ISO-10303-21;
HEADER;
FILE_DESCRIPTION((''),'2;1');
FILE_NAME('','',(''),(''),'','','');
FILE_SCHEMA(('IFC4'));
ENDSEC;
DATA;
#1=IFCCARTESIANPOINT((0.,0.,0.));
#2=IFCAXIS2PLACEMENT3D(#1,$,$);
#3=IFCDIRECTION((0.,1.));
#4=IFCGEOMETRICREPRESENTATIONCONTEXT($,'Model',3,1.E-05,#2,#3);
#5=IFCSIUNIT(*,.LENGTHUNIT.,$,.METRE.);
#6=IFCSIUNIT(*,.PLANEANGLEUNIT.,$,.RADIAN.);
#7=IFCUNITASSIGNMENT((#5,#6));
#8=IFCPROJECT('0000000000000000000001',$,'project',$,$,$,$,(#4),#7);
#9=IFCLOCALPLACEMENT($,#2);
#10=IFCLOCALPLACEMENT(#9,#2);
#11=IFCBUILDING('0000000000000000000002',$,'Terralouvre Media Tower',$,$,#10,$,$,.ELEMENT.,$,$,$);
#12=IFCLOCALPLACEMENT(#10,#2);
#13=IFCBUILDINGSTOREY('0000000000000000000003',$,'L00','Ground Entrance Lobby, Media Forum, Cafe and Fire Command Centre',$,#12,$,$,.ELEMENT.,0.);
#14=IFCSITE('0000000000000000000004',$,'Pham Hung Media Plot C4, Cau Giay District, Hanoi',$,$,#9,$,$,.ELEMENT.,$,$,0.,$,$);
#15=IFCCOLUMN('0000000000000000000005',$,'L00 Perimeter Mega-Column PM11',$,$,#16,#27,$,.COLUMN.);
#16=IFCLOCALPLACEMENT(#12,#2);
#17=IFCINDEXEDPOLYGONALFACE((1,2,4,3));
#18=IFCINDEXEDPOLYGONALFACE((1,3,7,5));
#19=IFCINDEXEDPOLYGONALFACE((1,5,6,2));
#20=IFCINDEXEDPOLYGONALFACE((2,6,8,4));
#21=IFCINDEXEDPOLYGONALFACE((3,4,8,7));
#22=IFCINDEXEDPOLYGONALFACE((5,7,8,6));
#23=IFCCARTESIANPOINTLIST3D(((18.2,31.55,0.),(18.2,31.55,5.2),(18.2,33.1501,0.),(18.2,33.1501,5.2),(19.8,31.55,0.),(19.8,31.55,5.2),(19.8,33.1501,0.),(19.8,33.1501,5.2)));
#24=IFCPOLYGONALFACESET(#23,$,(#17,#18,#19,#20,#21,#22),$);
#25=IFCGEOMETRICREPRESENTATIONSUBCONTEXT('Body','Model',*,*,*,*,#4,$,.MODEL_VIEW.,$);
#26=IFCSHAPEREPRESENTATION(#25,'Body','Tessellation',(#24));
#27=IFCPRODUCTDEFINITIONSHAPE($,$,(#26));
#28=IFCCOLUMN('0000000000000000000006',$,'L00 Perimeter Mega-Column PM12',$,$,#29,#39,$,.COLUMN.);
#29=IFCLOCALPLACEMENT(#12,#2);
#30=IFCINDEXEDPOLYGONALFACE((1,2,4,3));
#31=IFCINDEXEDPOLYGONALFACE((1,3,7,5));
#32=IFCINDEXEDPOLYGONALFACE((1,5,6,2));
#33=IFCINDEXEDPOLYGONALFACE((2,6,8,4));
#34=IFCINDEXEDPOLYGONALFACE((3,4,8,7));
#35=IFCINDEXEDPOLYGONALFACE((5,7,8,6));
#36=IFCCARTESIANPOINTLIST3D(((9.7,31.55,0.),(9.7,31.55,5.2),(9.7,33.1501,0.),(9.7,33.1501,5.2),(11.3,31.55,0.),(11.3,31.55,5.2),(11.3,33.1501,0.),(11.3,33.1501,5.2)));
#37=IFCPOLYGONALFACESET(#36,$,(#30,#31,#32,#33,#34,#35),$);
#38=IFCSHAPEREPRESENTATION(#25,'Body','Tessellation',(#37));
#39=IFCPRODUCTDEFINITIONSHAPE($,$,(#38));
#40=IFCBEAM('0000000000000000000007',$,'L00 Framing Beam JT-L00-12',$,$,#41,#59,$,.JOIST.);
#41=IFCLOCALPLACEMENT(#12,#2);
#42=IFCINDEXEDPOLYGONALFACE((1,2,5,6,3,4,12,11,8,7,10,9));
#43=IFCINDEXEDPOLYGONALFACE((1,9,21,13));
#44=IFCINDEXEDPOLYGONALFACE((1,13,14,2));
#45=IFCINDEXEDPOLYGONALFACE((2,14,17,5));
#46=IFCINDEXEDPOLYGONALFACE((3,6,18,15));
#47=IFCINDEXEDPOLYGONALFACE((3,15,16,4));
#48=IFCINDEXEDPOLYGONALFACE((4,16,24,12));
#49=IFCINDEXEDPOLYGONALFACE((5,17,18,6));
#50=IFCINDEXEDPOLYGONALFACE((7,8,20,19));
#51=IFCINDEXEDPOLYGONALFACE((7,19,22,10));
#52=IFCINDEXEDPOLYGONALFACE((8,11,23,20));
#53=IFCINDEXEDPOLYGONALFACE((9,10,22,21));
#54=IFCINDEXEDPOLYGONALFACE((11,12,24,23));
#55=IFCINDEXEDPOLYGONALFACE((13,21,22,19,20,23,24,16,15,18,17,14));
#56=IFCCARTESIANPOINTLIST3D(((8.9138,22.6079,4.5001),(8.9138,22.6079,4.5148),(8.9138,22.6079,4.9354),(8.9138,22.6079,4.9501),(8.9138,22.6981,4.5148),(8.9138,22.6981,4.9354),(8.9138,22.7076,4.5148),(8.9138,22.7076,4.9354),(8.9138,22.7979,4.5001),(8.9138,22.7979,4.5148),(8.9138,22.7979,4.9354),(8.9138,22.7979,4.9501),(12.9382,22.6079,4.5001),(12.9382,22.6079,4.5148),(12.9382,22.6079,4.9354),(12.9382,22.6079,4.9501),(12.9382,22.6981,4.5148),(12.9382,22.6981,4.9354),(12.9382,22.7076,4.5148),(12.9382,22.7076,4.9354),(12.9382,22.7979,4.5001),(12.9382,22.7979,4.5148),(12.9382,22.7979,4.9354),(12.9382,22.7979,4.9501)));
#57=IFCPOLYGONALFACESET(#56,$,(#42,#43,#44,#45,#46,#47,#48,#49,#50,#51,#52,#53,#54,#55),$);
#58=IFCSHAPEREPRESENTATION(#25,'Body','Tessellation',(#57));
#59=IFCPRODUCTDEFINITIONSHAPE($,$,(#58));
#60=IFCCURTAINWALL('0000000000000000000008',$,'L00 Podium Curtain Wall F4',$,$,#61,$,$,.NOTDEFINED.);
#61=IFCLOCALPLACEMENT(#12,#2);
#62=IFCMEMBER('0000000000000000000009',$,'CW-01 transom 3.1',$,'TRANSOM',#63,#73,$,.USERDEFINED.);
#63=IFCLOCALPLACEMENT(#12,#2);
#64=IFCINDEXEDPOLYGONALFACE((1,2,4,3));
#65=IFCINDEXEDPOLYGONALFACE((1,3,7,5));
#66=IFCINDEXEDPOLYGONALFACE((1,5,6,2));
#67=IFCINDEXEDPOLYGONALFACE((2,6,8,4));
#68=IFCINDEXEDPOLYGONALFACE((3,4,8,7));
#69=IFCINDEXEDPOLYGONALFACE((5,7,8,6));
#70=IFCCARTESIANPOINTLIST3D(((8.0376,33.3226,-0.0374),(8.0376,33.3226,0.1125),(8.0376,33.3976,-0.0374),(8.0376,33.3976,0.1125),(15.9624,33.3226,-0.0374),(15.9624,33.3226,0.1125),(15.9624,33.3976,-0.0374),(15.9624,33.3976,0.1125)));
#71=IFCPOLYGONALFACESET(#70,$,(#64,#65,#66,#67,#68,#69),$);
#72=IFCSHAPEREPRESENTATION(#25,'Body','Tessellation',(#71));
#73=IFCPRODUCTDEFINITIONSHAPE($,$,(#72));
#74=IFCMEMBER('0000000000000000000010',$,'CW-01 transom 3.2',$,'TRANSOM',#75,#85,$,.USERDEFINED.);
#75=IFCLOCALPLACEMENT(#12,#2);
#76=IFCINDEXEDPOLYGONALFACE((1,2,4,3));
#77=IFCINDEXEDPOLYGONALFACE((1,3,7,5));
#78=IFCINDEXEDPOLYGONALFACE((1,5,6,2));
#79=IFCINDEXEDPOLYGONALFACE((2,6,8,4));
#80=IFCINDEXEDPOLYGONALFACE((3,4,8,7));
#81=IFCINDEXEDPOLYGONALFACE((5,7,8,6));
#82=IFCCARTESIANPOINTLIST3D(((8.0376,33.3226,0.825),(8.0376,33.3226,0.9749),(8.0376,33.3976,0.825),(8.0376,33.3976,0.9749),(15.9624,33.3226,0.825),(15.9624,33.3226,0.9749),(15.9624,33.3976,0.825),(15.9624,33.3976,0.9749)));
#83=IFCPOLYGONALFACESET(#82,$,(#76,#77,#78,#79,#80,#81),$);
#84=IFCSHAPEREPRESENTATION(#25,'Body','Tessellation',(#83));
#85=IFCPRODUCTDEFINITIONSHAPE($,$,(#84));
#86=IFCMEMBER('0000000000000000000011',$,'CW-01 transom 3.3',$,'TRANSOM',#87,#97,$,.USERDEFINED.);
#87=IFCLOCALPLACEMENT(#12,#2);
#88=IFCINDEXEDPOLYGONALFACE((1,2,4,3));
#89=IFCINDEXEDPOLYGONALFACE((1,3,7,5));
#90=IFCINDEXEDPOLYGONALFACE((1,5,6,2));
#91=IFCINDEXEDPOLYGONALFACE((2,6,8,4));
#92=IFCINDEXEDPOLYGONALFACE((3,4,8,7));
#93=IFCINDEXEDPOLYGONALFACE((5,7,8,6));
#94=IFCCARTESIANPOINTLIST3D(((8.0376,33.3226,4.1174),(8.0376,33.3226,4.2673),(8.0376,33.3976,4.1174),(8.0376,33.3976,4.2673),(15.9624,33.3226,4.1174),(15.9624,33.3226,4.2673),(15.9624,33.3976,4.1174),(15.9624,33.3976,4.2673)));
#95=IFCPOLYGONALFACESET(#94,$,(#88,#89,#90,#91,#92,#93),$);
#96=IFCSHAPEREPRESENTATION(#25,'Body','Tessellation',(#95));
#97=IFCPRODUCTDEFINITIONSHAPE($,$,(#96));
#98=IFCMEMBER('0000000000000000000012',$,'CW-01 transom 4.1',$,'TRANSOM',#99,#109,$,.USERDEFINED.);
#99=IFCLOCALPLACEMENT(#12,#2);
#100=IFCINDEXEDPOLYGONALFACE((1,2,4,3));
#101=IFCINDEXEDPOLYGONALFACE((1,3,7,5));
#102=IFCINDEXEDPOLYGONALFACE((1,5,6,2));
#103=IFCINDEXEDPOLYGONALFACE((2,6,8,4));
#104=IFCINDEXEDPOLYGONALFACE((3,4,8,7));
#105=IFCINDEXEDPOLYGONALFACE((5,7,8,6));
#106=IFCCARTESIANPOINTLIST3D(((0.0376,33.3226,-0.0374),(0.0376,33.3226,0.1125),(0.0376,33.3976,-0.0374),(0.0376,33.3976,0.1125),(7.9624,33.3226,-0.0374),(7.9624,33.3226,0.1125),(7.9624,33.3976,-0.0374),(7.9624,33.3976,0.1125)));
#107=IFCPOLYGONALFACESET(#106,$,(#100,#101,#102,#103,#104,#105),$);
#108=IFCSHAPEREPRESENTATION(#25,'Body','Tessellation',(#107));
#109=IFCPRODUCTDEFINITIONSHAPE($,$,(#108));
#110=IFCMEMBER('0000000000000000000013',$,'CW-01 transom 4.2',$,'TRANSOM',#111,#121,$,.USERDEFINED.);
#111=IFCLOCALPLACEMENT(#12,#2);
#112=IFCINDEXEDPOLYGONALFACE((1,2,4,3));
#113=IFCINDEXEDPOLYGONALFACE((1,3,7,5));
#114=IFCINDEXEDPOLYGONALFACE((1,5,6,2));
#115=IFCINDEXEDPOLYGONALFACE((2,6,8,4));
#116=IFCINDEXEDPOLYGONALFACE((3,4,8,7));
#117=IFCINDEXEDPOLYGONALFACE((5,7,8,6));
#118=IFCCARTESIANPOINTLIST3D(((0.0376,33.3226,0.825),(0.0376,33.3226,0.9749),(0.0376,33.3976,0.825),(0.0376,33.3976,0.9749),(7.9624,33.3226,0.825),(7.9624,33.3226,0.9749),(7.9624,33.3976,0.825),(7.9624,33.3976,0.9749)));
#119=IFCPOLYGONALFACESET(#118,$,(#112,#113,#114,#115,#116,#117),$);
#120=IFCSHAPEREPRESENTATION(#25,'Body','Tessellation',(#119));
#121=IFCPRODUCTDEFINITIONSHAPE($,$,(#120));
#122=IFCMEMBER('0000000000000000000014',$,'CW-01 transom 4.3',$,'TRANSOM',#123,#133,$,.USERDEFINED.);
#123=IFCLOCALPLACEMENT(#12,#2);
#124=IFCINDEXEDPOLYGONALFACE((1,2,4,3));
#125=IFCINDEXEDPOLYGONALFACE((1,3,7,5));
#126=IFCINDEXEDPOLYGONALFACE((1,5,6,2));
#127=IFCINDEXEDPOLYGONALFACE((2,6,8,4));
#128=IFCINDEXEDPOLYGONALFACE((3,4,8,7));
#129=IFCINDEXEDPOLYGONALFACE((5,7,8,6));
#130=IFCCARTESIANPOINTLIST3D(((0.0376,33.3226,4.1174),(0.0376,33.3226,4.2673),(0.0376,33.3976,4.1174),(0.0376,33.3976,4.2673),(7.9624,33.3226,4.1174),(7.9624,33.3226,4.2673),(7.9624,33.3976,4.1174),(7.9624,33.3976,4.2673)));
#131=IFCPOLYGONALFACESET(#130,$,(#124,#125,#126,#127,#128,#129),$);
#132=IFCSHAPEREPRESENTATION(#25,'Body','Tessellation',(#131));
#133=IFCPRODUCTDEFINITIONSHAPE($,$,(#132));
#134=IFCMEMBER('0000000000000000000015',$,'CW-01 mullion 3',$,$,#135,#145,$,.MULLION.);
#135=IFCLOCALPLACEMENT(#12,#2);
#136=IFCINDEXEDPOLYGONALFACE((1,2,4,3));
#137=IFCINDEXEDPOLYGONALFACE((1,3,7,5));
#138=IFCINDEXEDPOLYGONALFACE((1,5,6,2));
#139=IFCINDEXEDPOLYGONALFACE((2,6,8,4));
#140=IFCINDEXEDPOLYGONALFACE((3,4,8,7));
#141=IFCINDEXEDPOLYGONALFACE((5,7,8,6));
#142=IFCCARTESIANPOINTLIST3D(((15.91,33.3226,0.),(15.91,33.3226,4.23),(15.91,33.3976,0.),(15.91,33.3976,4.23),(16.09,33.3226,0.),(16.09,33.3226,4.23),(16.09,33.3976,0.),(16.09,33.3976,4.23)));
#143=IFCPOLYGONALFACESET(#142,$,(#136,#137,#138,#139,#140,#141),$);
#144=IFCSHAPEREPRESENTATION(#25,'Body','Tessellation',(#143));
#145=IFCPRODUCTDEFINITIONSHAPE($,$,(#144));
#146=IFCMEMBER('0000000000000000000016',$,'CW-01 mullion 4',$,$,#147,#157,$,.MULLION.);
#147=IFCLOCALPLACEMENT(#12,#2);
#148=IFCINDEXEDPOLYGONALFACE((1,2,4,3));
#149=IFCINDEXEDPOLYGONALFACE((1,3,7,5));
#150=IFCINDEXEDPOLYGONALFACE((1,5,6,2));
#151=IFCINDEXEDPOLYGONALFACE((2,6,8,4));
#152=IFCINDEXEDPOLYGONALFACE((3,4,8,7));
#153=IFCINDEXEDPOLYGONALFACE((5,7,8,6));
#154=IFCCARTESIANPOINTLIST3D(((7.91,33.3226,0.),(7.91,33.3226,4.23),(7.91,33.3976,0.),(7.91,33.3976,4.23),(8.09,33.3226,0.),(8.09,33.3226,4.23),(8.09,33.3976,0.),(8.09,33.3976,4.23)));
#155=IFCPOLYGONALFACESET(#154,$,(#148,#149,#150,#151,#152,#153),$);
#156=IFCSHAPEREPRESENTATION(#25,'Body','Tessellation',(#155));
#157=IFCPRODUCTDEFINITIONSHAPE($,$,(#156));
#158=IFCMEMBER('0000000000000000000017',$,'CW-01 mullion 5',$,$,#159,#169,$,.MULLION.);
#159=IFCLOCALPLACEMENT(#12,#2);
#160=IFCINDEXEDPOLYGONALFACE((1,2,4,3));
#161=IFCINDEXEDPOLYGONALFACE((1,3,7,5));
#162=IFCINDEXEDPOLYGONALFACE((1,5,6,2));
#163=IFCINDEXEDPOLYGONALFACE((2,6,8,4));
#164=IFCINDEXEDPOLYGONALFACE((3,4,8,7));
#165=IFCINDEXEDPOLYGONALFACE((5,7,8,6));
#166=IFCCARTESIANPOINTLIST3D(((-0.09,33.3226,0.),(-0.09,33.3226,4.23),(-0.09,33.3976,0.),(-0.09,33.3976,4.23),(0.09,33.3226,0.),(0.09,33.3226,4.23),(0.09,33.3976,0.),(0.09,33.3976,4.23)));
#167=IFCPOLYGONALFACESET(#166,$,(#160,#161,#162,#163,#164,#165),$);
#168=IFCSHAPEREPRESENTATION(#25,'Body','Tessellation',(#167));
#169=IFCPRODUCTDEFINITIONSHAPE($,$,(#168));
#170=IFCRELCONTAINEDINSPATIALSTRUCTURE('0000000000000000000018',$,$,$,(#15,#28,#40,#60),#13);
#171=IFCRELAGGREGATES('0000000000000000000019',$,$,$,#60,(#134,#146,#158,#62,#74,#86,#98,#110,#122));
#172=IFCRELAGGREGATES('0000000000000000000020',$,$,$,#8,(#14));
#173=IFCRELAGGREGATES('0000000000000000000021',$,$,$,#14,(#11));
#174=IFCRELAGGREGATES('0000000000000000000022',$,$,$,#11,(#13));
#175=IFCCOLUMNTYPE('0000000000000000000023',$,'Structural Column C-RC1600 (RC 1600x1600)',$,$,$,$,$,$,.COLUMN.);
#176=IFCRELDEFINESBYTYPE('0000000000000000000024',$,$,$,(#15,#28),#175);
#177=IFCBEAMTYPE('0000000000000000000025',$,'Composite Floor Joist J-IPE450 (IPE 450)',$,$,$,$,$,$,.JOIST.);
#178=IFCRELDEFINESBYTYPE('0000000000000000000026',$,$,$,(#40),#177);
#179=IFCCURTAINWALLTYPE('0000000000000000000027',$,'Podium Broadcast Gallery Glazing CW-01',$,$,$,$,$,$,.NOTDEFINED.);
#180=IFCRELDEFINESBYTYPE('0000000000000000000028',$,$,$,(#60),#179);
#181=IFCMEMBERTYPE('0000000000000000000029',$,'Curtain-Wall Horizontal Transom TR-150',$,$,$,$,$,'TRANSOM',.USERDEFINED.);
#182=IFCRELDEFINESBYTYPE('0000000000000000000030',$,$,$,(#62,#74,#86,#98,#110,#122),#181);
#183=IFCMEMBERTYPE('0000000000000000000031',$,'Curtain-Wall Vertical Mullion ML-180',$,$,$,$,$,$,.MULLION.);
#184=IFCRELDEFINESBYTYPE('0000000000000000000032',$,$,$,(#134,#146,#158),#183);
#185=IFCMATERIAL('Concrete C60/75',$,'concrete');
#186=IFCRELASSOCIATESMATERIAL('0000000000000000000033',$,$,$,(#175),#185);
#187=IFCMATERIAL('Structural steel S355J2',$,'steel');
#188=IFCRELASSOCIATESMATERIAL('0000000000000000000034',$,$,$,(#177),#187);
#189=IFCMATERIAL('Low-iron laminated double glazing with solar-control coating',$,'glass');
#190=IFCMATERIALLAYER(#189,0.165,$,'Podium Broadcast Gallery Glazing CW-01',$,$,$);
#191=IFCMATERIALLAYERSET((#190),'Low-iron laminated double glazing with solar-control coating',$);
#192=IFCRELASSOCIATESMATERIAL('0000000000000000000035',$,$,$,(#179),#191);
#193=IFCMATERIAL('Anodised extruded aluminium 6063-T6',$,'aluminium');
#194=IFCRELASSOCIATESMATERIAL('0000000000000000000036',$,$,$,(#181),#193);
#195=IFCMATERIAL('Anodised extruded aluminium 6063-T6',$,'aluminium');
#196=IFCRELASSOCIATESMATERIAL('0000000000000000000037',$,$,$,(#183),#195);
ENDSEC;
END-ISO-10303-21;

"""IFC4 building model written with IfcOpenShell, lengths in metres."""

from ifc_helpers import new_model, si_unit, direction, frame, origin, origin_2d, place, context, subcontext, project, spatial, rectangle, i_section, extrude, material, layer, layer_set, material_profile, profile_set, type_object, element, aggregate, save


model = new_model("IFC4")

# Units and contexts
model_context = context("Model", 3, precision=1e-05, world=origin(), true_north=direction((0.0, 1.0)))
body_context = subcontext(model_context, "Body", "Model", "MODEL_VIEW")
ifc_project = project(units=[si_unit("LENGTHUNIT", "METRE"), si_unit("PLANEANGLEUNIT", "RADIAN")], contexts=[model_context])

# Site, building, storey
site_placement = place(None, origin())
site = spatial("IfcSite", under=ifc_project, at=site_placement, Name="Pham Hung Media Plot C4, Cau Giay District, Hanoi", CompositionType="ELEMENT", RefElevation=0.0)
building_placement = place(site_placement, origin())
building = spatial("IfcBuilding", under=site, at=building_placement, Name="Terralouvre Media Tower", CompositionType="ELEMENT")
storey_placement = place(building_placement, origin())
storey = spatial("IfcBuildingStorey", under=building, at=storey_placement, Name="L00", Description="Ground Entrance Lobby, Media Forum, Cafe and Fire Command Centre", CompositionType="ELEMENT", Elevation=0.0)

# Columns
ifc_material_1 = material(Name="Concrete C60/75", Category="concrete")
ifc_material_profile_1 = material_profile(ifc_material_1, rectangle(XDim=1.6001, YDim=1.6001, at=origin_2d()), Name="RC 1600x1600")
ifc_profile_set_1 = profile_set([ifc_material_profile_1], Name="Concrete C60/75")
column_type = type_object("IfcColumnType", Name="Structural Column C-RC1600 (RC 1600x1600)", PredefinedType="COLUMN", material=ifc_profile_set_1)
for number, where, z_axis, x_axis, name in (
    (1, (19.0, 32.3501, 0.0), (0.0, 0.0, 1.0), (1.0, 0.0, 0.0), "L00 Perimeter Mega-Column PM11"),
    (2, (10.5, 32.3501, 0.0), (0.0, 0.0, 1.0), (1.0, 0.0, 0.0), "L00 Perimeter Mega-Column PM12"),
):
    element("IfcColumn", number, at=place(storey_placement, frame(where, z_axis=z_axis, x_axis=x_axis)), inside=storey, type_object=column_type, Name=name, PredefinedType="COLUMN", context=body_context, shape_type="SweptSolid", body=[
        extrude(rectangle(XDim=1.6001, YDim=1.6001, at=origin_2d()), origin(), (0.0, 0.0, 1.0), 5.2),
    ])

# Beam
ifc_material_2 = material(Name="Structural steel S355J2", Category="steel")
ifc_material_profile_2 = material_profile(ifc_material_2, i_section(OverallWidth=0.1899, OverallDepth=0.45, WebThickness=0.0095, FlangeThickness=0.0146, at=origin_2d()), Name="IPE 450")
ifc_profile_set_2 = profile_set([ifc_material_profile_2], Name="Structural steel S355J2")
beam_type_1 = type_object("IfcBeamType", Name="Composite Floor Joist J-IPE450 (IPE 450)", PredefinedType="JOIST", material=ifc_profile_set_2)
beam_1_placement = place(storey_placement, frame((12.9382, 22.7029, 4.7251), z_axis=(-1.0, 0.0, 0.0), x_axis=(0.0, -1.0, 0.0)))
element("IfcBeam", 3, at=beam_1_placement, inside=storey, type_object=beam_type_1, Name="L00 Framing Beam JT-L00-12", PredefinedType="JOIST", context=body_context, shape_type="SweptSolid", body=[
    extrude(i_section(OverallWidth=0.1899, OverallDepth=0.45, WebThickness=0.0095, FlangeThickness=0.0146, at=origin_2d()), origin(), (0.0, 0.0, 1.0), 4.0244),
])

# Curtain wall, members
ifc_material_3 = material(Name="Low-iron laminated double glazing with solar-control coating", Category="glass")
ifc_layer_1 = layer(ifc_material_3, 0.165, Name="Podium Broadcast Gallery Glazing CW-01")
ifc_layer_set_1 = layer_set([ifc_layer_1], Name="Low-iron laminated double glazing with solar-control coating")
curtain_wall_type = type_object("IfcCurtainWallType", Name="Podium Broadcast Gallery Glazing CW-01", PredefinedType="NOTDEFINED", material=ifc_layer_set_1)
curtain_wall_placement = place(storey_placement, origin())
curtain_wall = element("IfcCurtainWall", 4, at=curtain_wall_placement, inside=storey, type_object=curtain_wall_type, Name="L00 Podium Curtain Wall F4", PredefinedType="NOTDEFINED")
ifc_material_4 = material(Name="Anodised extruded aluminium 6063-T6", Category="aluminium")
ifc_material_profile_3 = material_profile(ifc_material_4, rectangle(XDim=0.075, YDim=0.1499, at=origin_2d()), Name="ALU 75x150")
ifc_profile_set_3 = profile_set([ifc_material_profile_3], Name="Anodised extruded aluminium 6063-T6")
member_type_1 = type_object("IfcMemberType", Name="Curtain-Wall Horizontal Transom TR-150", ElementType="TRANSOM", PredefinedType="USERDEFINED", material=ifc_profile_set_3)
member_1_placement = place(storey_placement, frame((15.9624, 33.3601, 0.0376), z_axis=(-1.0, 0.0, 0.0), x_axis=(0.0, -1.0, 0.0)))
member_1 = element("IfcMember", 5, at=member_1_placement, type_object=member_type_1, Name="CW-01 transom 3.1", ObjectType="TRANSOM", PredefinedType="USERDEFINED", context=body_context, shape_type="SweptSolid", body=[
    extrude(rectangle(XDim=0.075, YDim=0.1499, at=origin_2d()), origin(), (0.0, 0.0, 1.0), 7.9248),
])
member_2_placement = place(storey_placement, frame((15.9624, 33.3601, 0.8999), z_axis=(-1.0, 0.0, 0.0), x_axis=(0.0, -1.0, 0.0)))
member_2 = element("IfcMember", 6, at=member_2_placement, type_object=member_type_1, Name="CW-01 transom 3.2", ObjectType="TRANSOM", PredefinedType="USERDEFINED", context=body_context, shape_type="SweptSolid", body=[
    extrude(rectangle(XDim=0.075, YDim=0.1499, at=origin_2d()), origin(), (0.0, 0.0, 1.0), 7.9248),
])
member_3_placement = place(storey_placement, frame((15.9624, 33.3601, 4.1924), z_axis=(-1.0, 0.0, 0.0), x_axis=(0.0, -1.0, 0.0)))
member_3 = element("IfcMember", 7, at=member_3_placement, type_object=member_type_1, Name="CW-01 transom 3.3", ObjectType="TRANSOM", PredefinedType="USERDEFINED", context=body_context, shape_type="SweptSolid", body=[
    extrude(rectangle(XDim=0.075, YDim=0.1499, at=origin_2d()), origin(), (0.0, 0.0, 1.0), 7.9248),
])
member_4_placement = place(storey_placement, frame((7.9624, 33.3601, 0.0376), z_axis=(-1.0, 0.0, 0.0), x_axis=(0.0, -1.0, 0.0)))
member_4 = element("IfcMember", 8, at=member_4_placement, type_object=member_type_1, Name="CW-01 transom 4.1", ObjectType="TRANSOM", PredefinedType="USERDEFINED", context=body_context, shape_type="SweptSolid", body=[
    extrude(rectangle(XDim=0.075, YDim=0.1499, at=origin_2d()), origin(), (0.0, 0.0, 1.0), 7.9248),
])
member_5_placement = place(storey_placement, frame((7.9624, 33.3601, 0.8999), z_axis=(-1.0, 0.0, 0.0), x_axis=(0.0, -1.0, 0.0)))
member_5 = element("IfcMember", 9, at=member_5_placement, type_object=member_type_1, Name="CW-01 transom 4.2", ObjectType="TRANSOM", PredefinedType="USERDEFINED", context=body_context, shape_type="SweptSolid", body=[
    extrude(rectangle(XDim=0.075, YDim=0.1499, at=origin_2d()), origin(), (0.0, 0.0, 1.0), 7.9248),
])
member_6_placement = place(storey_placement, frame((7.9624, 33.3601, 4.1924), z_axis=(-1.0, 0.0, 0.0), x_axis=(0.0, -1.0, 0.0)))
member_6 = element("IfcMember", 10, at=member_6_placement, type_object=member_type_1, Name="CW-01 transom 4.3", ObjectType="TRANSOM", PredefinedType="USERDEFINED", context=body_context, shape_type="SweptSolid", body=[
    extrude(rectangle(XDim=0.075, YDim=0.1499, at=origin_2d()), origin(), (0.0, 0.0, 1.0), 7.9248),
])
ifc_material_5 = material(Name="Anodised extruded aluminium 6063-T6", Category="aluminium")
ifc_material_profile_4 = material_profile(ifc_material_5, rectangle(XDim=0.075, YDim=0.1799, at=origin_2d()), Name="ALU 75x180")
ifc_profile_set_4 = profile_set([ifc_material_profile_4], Name="Anodised extruded aluminium 6063-T6")
member_type_2 = type_object("IfcMemberType", Name="Curtain-Wall Vertical Mullion ML-180", PredefinedType="MULLION", material=ifc_profile_set_4)
member_7_placement = place(storey_placement, frame((16.0, 33.3601, 0.0), z_axis=(0.0, 0.0, 1.0), x_axis=(0.0, -1.0, 0.0)))
member_7 = element("IfcMember", 11, at=member_7_placement, type_object=member_type_2, Name="CW-01 mullion 3", PredefinedType="MULLION", context=body_context, shape_type="SweptSolid", body=[
    extrude(rectangle(XDim=0.075, YDim=0.1799, at=origin_2d()), origin(), (0.0, 0.0, 1.0), 4.23),
])
member_8_placement = place(storey_placement, frame((8.0, 33.3601, 0.0), z_axis=(0.0, 0.0, 1.0), x_axis=(0.0, -1.0, 0.0)))
member_8 = element("IfcMember", 12, at=member_8_placement, type_object=member_type_2, Name="CW-01 mullion 4", PredefinedType="MULLION", context=body_context, shape_type="SweptSolid", body=[
    extrude(rectangle(XDim=0.075, YDim=0.1799, at=origin_2d()), origin(), (0.0, 0.0, 1.0), 4.23),
])
member_9_placement = place(storey_placement, frame((0.0, 33.3601, 0.0), z_axis=(0.0, 0.0, 1.0), x_axis=(0.0, -1.0, 0.0)))
member_9 = element("IfcMember", 13, at=member_9_placement, type_object=member_type_2, Name="CW-01 mullion 5", PredefinedType="MULLION", context=body_context, shape_type="SweptSolid", body=[
    extrude(rectangle(XDim=0.075, YDim=0.1799, at=origin_2d()), origin(), (0.0, 0.0, 1.0), 4.23),
])

aggregate(curtain_wall, [member_7, member_8, member_9, member_1, member_2, member_3, member_4, member_5, member_6])

save(model, "model.ifc")
